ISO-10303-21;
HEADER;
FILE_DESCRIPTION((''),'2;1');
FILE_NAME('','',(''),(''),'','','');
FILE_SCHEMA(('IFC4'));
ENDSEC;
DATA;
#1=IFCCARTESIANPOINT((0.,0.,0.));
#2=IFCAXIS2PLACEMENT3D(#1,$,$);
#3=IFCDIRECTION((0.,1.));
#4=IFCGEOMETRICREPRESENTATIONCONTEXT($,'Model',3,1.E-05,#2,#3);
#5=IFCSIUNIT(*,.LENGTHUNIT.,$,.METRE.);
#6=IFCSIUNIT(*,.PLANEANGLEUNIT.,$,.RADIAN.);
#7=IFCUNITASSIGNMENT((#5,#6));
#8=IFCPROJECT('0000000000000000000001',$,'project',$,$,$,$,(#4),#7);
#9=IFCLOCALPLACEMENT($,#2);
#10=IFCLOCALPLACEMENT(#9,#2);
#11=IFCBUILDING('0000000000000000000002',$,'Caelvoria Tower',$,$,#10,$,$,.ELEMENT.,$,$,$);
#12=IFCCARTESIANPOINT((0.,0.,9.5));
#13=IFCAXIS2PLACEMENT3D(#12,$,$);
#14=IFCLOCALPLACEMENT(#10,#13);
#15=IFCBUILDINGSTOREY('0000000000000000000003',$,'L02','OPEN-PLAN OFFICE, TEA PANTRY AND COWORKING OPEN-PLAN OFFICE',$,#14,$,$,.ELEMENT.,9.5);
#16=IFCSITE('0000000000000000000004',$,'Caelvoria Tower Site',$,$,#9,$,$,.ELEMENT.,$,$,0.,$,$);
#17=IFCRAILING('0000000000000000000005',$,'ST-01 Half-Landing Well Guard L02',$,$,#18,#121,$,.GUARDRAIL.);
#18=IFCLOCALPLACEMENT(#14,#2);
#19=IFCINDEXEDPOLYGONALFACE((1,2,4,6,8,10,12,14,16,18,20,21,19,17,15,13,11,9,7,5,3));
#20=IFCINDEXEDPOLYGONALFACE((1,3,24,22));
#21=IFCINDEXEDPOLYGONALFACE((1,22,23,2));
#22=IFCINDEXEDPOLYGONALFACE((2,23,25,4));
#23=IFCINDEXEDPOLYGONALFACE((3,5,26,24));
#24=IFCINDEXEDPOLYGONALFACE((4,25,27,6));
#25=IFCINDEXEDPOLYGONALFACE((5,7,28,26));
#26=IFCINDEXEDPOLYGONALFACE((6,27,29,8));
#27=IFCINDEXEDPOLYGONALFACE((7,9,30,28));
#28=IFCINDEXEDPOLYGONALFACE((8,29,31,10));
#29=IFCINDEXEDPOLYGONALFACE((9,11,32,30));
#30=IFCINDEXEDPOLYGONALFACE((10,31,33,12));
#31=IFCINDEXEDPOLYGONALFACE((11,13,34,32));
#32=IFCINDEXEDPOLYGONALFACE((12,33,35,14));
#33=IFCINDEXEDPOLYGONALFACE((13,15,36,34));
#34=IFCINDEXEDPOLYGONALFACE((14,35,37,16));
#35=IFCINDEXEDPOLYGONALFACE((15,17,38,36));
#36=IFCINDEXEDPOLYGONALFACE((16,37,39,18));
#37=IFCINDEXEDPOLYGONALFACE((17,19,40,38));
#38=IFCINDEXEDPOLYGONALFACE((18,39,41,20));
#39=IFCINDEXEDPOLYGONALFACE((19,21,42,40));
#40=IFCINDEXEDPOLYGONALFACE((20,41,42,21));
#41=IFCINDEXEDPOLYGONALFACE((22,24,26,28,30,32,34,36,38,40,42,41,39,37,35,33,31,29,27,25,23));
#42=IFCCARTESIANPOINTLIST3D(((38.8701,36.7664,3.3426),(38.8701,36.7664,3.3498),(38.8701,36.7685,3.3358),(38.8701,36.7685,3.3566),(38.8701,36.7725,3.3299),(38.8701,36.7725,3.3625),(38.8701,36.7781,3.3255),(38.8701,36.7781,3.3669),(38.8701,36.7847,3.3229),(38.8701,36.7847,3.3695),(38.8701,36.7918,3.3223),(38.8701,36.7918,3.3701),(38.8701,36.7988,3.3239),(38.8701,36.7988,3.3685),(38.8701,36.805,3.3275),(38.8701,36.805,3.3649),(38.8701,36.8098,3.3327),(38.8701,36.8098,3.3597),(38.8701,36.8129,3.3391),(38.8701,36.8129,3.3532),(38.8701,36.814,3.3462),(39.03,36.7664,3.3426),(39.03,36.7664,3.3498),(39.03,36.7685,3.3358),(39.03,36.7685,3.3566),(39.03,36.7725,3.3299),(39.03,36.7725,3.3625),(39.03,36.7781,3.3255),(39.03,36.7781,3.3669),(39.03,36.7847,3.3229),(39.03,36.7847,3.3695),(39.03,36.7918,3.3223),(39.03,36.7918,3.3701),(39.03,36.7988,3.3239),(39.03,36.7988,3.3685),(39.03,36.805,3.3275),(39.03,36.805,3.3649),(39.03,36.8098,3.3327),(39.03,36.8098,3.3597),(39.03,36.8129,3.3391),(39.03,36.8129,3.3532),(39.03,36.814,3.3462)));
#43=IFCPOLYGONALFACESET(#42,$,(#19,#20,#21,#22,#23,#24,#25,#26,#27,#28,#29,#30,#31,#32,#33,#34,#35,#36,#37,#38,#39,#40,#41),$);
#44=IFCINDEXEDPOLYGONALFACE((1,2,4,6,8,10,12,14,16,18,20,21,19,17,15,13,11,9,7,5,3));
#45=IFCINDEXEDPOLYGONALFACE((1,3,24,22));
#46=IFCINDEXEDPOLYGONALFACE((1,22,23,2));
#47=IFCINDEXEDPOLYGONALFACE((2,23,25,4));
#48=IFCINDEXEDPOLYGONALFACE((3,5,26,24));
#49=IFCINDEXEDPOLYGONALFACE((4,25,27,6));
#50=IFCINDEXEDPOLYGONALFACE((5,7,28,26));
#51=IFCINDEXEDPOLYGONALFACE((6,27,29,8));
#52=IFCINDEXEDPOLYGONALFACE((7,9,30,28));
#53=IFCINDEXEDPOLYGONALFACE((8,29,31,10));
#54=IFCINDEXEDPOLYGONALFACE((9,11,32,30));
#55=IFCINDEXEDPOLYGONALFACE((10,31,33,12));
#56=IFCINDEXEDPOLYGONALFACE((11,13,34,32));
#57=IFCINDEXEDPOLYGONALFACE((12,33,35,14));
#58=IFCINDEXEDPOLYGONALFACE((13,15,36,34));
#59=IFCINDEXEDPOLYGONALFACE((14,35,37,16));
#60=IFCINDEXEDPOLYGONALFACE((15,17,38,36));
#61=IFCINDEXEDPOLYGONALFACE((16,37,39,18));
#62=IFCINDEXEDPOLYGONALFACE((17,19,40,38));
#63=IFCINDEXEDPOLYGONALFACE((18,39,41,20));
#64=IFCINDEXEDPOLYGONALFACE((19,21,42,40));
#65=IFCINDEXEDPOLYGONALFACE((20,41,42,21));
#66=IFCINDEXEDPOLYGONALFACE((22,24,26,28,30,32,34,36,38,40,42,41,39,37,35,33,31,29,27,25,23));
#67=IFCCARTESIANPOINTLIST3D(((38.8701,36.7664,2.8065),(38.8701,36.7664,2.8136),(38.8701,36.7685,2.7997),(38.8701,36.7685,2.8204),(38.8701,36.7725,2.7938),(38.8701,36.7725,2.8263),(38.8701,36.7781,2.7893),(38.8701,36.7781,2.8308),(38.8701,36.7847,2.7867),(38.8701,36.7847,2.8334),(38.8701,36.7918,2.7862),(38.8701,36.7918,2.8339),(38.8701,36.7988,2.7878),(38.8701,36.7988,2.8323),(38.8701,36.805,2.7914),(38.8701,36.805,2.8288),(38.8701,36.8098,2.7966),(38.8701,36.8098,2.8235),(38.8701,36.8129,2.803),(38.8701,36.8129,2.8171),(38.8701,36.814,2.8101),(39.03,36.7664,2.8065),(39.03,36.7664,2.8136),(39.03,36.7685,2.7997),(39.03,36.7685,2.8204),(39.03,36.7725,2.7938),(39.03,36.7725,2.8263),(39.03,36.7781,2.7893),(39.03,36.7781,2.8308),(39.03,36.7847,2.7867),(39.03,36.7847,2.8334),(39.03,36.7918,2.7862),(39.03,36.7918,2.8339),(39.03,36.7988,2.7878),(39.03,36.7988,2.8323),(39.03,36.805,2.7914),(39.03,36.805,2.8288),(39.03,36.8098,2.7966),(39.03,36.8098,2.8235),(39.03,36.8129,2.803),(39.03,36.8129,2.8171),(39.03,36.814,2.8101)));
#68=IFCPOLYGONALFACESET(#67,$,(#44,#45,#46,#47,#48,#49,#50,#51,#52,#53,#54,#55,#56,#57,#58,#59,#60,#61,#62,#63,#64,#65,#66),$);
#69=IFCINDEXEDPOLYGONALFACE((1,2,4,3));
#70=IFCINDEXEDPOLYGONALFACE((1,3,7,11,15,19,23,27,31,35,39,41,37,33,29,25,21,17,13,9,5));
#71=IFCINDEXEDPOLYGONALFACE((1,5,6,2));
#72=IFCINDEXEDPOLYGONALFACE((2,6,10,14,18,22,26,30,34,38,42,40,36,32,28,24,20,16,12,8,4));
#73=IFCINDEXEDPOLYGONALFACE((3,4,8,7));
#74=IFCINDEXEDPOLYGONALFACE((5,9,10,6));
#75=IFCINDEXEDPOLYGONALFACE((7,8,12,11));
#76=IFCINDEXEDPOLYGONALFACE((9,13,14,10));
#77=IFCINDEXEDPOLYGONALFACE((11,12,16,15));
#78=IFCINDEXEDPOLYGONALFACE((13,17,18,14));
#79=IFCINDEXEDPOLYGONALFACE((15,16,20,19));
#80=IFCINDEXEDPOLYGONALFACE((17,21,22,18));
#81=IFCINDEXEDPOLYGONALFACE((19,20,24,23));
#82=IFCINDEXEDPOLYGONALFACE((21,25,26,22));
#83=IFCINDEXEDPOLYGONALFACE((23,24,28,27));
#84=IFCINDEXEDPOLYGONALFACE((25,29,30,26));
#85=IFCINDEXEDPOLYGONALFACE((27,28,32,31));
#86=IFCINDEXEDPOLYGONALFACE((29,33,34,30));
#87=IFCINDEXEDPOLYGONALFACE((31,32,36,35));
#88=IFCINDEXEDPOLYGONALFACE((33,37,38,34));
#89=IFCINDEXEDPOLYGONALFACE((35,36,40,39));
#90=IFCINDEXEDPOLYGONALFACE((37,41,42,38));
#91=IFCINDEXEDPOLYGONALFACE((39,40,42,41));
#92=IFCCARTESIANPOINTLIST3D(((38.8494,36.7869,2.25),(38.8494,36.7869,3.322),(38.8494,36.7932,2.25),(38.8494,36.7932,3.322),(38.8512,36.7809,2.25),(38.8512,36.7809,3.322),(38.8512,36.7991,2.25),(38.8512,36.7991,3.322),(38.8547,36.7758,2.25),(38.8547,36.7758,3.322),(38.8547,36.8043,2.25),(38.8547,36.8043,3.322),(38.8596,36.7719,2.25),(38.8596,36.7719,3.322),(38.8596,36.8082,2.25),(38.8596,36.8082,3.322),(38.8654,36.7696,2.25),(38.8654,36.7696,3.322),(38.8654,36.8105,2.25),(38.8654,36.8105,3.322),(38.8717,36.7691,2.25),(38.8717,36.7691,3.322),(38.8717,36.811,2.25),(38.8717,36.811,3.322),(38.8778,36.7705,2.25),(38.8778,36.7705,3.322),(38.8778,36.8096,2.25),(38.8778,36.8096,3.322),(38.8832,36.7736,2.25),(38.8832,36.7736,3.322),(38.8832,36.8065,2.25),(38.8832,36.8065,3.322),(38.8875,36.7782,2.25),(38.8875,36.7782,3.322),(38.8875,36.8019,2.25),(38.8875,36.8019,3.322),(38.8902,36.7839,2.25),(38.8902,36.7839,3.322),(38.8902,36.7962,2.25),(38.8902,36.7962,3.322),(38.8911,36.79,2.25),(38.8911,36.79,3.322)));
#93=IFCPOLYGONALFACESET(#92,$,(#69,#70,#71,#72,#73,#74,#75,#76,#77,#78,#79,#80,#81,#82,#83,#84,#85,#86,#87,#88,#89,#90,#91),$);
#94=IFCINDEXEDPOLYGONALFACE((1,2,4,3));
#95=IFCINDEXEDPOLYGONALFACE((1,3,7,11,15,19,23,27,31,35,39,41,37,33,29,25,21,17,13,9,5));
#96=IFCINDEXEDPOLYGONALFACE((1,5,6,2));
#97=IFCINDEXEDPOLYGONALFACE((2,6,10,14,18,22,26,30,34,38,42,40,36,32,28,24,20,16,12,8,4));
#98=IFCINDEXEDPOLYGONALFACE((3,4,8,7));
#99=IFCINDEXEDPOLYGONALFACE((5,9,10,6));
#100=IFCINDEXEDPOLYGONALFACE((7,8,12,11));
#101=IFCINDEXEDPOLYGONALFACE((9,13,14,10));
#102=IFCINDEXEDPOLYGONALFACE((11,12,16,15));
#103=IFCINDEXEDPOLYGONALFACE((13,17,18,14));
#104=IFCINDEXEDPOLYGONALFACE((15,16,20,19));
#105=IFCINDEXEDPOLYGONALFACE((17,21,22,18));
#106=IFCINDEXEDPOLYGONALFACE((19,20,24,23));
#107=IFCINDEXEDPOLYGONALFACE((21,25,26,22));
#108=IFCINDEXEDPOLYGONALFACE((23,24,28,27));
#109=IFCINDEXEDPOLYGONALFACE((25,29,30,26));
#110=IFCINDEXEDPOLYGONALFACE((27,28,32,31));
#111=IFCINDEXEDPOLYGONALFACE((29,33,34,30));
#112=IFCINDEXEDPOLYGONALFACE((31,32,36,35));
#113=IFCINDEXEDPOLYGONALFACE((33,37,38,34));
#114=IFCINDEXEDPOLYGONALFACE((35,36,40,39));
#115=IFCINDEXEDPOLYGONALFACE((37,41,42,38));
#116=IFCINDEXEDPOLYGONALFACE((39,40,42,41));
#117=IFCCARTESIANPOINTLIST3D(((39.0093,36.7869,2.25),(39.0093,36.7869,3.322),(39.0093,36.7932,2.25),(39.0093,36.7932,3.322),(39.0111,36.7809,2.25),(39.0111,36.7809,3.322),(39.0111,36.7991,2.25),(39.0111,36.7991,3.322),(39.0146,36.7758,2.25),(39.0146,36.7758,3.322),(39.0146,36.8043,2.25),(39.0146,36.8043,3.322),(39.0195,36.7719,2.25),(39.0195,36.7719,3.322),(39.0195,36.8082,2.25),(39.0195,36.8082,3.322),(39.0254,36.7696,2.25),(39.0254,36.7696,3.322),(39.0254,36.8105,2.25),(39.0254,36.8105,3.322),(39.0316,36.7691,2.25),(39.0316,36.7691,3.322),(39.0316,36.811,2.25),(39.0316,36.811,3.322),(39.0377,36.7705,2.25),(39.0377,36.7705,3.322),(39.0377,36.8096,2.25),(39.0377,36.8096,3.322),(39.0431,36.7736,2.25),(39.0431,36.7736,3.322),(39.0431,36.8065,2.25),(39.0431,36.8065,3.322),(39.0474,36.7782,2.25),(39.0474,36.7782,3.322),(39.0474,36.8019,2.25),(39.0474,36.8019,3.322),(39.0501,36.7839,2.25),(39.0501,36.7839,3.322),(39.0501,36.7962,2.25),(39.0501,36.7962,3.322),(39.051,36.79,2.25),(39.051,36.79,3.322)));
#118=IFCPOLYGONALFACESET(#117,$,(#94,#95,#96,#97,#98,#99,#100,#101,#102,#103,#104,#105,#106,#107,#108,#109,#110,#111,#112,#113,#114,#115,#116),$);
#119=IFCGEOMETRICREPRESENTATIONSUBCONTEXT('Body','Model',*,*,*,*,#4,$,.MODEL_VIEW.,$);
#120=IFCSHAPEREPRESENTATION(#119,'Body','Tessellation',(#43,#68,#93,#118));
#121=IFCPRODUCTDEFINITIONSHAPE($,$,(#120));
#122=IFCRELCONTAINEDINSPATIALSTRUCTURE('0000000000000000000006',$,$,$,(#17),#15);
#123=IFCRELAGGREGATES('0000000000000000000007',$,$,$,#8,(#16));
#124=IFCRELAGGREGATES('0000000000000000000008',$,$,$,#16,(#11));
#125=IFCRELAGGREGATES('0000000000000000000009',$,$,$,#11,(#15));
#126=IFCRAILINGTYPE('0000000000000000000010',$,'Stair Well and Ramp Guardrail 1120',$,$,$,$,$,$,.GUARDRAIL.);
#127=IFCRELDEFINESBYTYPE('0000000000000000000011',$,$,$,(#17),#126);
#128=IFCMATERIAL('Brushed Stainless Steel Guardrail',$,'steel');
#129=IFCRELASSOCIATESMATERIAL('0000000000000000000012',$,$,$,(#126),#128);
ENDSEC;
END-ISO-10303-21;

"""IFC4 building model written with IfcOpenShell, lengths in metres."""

from ifc_helpers import new_model, si_unit, direction, frame, origin, origin_2d, place, context, subcontext, project, spatial, circle, extrude, material, type_object, element, save


model = new_model("IFC4")

# Units and contexts
model_context = context("Model", 3, precision=1e-05, world=origin(), true_north=direction((0.0, 1.0)))
body_context = subcontext(model_context, "Body", "Model", "MODEL_VIEW")
ifc_project = project(units=[si_unit("LENGTHUNIT", "METRE"), si_unit("PLANEANGLEUNIT", "RADIAN")], contexts=[model_context])

# Site, building, storey
site_placement = place(None, origin())
site = spatial("IfcSite", under=ifc_project, at=site_placement, Name="Caelvoria Tower Site", CompositionType="ELEMENT", RefElevation=0.0)
building_placement = place(site_placement, origin())
building = spatial("IfcBuilding", under=site, at=building_placement, Name="Caelvoria Tower", CompositionType="ELEMENT")
storey_placement = place(building_placement, frame((0.0, 0.0, 9.5)))
storey = spatial("IfcBuildingStorey", under=building, at=storey_placement, Name="L02", Description="OPEN-PLAN OFFICE, TEA PANTRY AND COWORKING OPEN-PLAN OFFICE", CompositionType="ELEMENT", Elevation=9.5)

# Railing
ifc_material_1 = material(Name="Brushed Stainless Steel Guardrail", Category="steel")
railing_type_1 = type_object("IfcRailingType", Name="Stair Well and Ramp Guardrail 1120", PredefinedType="GUARDRAIL", material=ifc_material_1)
railing_1_placement = place(storey_placement, frame((38.8701, 36.79, 2.25)))
element("IfcRailing", 1, at=railing_1_placement, inside=storey, type_object=railing_type_1, Name="ST-01 Half-Landing Well Guard L02", PredefinedType="GUARDRAIL", context=body_context, shape_type="SweptSolid", body=[
    extrude(circle(Radius=0.0239, at=origin_2d()), frame((0.0, 0.0, 1.0962), z_axis=(1.0, 0.0, 0.0), x_axis=(0.0, 1.0, 0.0)), (0.0, 0.0, 1.0), 0.1599),
    extrude(circle(Radius=0.0239, at=origin_2d()), frame((0.0, 0.0, 0.5601), z_axis=(1.0, 0.0, 0.0), x_axis=(0.0, 1.0, 0.0)), (0.0, 0.0, 1.0), 0.1599),
    extrude(circle(Radius=0.021, at=origin_2d()), origin(), (0.0, 0.0, 1.0), 1.072),
    extrude(circle(Radius=0.021, at=origin_2d()), frame((0.1599, 0.0, 0.0)), (0.0, 0.0, 1.0), 1.072),
])

save(model, "model.ifc")
